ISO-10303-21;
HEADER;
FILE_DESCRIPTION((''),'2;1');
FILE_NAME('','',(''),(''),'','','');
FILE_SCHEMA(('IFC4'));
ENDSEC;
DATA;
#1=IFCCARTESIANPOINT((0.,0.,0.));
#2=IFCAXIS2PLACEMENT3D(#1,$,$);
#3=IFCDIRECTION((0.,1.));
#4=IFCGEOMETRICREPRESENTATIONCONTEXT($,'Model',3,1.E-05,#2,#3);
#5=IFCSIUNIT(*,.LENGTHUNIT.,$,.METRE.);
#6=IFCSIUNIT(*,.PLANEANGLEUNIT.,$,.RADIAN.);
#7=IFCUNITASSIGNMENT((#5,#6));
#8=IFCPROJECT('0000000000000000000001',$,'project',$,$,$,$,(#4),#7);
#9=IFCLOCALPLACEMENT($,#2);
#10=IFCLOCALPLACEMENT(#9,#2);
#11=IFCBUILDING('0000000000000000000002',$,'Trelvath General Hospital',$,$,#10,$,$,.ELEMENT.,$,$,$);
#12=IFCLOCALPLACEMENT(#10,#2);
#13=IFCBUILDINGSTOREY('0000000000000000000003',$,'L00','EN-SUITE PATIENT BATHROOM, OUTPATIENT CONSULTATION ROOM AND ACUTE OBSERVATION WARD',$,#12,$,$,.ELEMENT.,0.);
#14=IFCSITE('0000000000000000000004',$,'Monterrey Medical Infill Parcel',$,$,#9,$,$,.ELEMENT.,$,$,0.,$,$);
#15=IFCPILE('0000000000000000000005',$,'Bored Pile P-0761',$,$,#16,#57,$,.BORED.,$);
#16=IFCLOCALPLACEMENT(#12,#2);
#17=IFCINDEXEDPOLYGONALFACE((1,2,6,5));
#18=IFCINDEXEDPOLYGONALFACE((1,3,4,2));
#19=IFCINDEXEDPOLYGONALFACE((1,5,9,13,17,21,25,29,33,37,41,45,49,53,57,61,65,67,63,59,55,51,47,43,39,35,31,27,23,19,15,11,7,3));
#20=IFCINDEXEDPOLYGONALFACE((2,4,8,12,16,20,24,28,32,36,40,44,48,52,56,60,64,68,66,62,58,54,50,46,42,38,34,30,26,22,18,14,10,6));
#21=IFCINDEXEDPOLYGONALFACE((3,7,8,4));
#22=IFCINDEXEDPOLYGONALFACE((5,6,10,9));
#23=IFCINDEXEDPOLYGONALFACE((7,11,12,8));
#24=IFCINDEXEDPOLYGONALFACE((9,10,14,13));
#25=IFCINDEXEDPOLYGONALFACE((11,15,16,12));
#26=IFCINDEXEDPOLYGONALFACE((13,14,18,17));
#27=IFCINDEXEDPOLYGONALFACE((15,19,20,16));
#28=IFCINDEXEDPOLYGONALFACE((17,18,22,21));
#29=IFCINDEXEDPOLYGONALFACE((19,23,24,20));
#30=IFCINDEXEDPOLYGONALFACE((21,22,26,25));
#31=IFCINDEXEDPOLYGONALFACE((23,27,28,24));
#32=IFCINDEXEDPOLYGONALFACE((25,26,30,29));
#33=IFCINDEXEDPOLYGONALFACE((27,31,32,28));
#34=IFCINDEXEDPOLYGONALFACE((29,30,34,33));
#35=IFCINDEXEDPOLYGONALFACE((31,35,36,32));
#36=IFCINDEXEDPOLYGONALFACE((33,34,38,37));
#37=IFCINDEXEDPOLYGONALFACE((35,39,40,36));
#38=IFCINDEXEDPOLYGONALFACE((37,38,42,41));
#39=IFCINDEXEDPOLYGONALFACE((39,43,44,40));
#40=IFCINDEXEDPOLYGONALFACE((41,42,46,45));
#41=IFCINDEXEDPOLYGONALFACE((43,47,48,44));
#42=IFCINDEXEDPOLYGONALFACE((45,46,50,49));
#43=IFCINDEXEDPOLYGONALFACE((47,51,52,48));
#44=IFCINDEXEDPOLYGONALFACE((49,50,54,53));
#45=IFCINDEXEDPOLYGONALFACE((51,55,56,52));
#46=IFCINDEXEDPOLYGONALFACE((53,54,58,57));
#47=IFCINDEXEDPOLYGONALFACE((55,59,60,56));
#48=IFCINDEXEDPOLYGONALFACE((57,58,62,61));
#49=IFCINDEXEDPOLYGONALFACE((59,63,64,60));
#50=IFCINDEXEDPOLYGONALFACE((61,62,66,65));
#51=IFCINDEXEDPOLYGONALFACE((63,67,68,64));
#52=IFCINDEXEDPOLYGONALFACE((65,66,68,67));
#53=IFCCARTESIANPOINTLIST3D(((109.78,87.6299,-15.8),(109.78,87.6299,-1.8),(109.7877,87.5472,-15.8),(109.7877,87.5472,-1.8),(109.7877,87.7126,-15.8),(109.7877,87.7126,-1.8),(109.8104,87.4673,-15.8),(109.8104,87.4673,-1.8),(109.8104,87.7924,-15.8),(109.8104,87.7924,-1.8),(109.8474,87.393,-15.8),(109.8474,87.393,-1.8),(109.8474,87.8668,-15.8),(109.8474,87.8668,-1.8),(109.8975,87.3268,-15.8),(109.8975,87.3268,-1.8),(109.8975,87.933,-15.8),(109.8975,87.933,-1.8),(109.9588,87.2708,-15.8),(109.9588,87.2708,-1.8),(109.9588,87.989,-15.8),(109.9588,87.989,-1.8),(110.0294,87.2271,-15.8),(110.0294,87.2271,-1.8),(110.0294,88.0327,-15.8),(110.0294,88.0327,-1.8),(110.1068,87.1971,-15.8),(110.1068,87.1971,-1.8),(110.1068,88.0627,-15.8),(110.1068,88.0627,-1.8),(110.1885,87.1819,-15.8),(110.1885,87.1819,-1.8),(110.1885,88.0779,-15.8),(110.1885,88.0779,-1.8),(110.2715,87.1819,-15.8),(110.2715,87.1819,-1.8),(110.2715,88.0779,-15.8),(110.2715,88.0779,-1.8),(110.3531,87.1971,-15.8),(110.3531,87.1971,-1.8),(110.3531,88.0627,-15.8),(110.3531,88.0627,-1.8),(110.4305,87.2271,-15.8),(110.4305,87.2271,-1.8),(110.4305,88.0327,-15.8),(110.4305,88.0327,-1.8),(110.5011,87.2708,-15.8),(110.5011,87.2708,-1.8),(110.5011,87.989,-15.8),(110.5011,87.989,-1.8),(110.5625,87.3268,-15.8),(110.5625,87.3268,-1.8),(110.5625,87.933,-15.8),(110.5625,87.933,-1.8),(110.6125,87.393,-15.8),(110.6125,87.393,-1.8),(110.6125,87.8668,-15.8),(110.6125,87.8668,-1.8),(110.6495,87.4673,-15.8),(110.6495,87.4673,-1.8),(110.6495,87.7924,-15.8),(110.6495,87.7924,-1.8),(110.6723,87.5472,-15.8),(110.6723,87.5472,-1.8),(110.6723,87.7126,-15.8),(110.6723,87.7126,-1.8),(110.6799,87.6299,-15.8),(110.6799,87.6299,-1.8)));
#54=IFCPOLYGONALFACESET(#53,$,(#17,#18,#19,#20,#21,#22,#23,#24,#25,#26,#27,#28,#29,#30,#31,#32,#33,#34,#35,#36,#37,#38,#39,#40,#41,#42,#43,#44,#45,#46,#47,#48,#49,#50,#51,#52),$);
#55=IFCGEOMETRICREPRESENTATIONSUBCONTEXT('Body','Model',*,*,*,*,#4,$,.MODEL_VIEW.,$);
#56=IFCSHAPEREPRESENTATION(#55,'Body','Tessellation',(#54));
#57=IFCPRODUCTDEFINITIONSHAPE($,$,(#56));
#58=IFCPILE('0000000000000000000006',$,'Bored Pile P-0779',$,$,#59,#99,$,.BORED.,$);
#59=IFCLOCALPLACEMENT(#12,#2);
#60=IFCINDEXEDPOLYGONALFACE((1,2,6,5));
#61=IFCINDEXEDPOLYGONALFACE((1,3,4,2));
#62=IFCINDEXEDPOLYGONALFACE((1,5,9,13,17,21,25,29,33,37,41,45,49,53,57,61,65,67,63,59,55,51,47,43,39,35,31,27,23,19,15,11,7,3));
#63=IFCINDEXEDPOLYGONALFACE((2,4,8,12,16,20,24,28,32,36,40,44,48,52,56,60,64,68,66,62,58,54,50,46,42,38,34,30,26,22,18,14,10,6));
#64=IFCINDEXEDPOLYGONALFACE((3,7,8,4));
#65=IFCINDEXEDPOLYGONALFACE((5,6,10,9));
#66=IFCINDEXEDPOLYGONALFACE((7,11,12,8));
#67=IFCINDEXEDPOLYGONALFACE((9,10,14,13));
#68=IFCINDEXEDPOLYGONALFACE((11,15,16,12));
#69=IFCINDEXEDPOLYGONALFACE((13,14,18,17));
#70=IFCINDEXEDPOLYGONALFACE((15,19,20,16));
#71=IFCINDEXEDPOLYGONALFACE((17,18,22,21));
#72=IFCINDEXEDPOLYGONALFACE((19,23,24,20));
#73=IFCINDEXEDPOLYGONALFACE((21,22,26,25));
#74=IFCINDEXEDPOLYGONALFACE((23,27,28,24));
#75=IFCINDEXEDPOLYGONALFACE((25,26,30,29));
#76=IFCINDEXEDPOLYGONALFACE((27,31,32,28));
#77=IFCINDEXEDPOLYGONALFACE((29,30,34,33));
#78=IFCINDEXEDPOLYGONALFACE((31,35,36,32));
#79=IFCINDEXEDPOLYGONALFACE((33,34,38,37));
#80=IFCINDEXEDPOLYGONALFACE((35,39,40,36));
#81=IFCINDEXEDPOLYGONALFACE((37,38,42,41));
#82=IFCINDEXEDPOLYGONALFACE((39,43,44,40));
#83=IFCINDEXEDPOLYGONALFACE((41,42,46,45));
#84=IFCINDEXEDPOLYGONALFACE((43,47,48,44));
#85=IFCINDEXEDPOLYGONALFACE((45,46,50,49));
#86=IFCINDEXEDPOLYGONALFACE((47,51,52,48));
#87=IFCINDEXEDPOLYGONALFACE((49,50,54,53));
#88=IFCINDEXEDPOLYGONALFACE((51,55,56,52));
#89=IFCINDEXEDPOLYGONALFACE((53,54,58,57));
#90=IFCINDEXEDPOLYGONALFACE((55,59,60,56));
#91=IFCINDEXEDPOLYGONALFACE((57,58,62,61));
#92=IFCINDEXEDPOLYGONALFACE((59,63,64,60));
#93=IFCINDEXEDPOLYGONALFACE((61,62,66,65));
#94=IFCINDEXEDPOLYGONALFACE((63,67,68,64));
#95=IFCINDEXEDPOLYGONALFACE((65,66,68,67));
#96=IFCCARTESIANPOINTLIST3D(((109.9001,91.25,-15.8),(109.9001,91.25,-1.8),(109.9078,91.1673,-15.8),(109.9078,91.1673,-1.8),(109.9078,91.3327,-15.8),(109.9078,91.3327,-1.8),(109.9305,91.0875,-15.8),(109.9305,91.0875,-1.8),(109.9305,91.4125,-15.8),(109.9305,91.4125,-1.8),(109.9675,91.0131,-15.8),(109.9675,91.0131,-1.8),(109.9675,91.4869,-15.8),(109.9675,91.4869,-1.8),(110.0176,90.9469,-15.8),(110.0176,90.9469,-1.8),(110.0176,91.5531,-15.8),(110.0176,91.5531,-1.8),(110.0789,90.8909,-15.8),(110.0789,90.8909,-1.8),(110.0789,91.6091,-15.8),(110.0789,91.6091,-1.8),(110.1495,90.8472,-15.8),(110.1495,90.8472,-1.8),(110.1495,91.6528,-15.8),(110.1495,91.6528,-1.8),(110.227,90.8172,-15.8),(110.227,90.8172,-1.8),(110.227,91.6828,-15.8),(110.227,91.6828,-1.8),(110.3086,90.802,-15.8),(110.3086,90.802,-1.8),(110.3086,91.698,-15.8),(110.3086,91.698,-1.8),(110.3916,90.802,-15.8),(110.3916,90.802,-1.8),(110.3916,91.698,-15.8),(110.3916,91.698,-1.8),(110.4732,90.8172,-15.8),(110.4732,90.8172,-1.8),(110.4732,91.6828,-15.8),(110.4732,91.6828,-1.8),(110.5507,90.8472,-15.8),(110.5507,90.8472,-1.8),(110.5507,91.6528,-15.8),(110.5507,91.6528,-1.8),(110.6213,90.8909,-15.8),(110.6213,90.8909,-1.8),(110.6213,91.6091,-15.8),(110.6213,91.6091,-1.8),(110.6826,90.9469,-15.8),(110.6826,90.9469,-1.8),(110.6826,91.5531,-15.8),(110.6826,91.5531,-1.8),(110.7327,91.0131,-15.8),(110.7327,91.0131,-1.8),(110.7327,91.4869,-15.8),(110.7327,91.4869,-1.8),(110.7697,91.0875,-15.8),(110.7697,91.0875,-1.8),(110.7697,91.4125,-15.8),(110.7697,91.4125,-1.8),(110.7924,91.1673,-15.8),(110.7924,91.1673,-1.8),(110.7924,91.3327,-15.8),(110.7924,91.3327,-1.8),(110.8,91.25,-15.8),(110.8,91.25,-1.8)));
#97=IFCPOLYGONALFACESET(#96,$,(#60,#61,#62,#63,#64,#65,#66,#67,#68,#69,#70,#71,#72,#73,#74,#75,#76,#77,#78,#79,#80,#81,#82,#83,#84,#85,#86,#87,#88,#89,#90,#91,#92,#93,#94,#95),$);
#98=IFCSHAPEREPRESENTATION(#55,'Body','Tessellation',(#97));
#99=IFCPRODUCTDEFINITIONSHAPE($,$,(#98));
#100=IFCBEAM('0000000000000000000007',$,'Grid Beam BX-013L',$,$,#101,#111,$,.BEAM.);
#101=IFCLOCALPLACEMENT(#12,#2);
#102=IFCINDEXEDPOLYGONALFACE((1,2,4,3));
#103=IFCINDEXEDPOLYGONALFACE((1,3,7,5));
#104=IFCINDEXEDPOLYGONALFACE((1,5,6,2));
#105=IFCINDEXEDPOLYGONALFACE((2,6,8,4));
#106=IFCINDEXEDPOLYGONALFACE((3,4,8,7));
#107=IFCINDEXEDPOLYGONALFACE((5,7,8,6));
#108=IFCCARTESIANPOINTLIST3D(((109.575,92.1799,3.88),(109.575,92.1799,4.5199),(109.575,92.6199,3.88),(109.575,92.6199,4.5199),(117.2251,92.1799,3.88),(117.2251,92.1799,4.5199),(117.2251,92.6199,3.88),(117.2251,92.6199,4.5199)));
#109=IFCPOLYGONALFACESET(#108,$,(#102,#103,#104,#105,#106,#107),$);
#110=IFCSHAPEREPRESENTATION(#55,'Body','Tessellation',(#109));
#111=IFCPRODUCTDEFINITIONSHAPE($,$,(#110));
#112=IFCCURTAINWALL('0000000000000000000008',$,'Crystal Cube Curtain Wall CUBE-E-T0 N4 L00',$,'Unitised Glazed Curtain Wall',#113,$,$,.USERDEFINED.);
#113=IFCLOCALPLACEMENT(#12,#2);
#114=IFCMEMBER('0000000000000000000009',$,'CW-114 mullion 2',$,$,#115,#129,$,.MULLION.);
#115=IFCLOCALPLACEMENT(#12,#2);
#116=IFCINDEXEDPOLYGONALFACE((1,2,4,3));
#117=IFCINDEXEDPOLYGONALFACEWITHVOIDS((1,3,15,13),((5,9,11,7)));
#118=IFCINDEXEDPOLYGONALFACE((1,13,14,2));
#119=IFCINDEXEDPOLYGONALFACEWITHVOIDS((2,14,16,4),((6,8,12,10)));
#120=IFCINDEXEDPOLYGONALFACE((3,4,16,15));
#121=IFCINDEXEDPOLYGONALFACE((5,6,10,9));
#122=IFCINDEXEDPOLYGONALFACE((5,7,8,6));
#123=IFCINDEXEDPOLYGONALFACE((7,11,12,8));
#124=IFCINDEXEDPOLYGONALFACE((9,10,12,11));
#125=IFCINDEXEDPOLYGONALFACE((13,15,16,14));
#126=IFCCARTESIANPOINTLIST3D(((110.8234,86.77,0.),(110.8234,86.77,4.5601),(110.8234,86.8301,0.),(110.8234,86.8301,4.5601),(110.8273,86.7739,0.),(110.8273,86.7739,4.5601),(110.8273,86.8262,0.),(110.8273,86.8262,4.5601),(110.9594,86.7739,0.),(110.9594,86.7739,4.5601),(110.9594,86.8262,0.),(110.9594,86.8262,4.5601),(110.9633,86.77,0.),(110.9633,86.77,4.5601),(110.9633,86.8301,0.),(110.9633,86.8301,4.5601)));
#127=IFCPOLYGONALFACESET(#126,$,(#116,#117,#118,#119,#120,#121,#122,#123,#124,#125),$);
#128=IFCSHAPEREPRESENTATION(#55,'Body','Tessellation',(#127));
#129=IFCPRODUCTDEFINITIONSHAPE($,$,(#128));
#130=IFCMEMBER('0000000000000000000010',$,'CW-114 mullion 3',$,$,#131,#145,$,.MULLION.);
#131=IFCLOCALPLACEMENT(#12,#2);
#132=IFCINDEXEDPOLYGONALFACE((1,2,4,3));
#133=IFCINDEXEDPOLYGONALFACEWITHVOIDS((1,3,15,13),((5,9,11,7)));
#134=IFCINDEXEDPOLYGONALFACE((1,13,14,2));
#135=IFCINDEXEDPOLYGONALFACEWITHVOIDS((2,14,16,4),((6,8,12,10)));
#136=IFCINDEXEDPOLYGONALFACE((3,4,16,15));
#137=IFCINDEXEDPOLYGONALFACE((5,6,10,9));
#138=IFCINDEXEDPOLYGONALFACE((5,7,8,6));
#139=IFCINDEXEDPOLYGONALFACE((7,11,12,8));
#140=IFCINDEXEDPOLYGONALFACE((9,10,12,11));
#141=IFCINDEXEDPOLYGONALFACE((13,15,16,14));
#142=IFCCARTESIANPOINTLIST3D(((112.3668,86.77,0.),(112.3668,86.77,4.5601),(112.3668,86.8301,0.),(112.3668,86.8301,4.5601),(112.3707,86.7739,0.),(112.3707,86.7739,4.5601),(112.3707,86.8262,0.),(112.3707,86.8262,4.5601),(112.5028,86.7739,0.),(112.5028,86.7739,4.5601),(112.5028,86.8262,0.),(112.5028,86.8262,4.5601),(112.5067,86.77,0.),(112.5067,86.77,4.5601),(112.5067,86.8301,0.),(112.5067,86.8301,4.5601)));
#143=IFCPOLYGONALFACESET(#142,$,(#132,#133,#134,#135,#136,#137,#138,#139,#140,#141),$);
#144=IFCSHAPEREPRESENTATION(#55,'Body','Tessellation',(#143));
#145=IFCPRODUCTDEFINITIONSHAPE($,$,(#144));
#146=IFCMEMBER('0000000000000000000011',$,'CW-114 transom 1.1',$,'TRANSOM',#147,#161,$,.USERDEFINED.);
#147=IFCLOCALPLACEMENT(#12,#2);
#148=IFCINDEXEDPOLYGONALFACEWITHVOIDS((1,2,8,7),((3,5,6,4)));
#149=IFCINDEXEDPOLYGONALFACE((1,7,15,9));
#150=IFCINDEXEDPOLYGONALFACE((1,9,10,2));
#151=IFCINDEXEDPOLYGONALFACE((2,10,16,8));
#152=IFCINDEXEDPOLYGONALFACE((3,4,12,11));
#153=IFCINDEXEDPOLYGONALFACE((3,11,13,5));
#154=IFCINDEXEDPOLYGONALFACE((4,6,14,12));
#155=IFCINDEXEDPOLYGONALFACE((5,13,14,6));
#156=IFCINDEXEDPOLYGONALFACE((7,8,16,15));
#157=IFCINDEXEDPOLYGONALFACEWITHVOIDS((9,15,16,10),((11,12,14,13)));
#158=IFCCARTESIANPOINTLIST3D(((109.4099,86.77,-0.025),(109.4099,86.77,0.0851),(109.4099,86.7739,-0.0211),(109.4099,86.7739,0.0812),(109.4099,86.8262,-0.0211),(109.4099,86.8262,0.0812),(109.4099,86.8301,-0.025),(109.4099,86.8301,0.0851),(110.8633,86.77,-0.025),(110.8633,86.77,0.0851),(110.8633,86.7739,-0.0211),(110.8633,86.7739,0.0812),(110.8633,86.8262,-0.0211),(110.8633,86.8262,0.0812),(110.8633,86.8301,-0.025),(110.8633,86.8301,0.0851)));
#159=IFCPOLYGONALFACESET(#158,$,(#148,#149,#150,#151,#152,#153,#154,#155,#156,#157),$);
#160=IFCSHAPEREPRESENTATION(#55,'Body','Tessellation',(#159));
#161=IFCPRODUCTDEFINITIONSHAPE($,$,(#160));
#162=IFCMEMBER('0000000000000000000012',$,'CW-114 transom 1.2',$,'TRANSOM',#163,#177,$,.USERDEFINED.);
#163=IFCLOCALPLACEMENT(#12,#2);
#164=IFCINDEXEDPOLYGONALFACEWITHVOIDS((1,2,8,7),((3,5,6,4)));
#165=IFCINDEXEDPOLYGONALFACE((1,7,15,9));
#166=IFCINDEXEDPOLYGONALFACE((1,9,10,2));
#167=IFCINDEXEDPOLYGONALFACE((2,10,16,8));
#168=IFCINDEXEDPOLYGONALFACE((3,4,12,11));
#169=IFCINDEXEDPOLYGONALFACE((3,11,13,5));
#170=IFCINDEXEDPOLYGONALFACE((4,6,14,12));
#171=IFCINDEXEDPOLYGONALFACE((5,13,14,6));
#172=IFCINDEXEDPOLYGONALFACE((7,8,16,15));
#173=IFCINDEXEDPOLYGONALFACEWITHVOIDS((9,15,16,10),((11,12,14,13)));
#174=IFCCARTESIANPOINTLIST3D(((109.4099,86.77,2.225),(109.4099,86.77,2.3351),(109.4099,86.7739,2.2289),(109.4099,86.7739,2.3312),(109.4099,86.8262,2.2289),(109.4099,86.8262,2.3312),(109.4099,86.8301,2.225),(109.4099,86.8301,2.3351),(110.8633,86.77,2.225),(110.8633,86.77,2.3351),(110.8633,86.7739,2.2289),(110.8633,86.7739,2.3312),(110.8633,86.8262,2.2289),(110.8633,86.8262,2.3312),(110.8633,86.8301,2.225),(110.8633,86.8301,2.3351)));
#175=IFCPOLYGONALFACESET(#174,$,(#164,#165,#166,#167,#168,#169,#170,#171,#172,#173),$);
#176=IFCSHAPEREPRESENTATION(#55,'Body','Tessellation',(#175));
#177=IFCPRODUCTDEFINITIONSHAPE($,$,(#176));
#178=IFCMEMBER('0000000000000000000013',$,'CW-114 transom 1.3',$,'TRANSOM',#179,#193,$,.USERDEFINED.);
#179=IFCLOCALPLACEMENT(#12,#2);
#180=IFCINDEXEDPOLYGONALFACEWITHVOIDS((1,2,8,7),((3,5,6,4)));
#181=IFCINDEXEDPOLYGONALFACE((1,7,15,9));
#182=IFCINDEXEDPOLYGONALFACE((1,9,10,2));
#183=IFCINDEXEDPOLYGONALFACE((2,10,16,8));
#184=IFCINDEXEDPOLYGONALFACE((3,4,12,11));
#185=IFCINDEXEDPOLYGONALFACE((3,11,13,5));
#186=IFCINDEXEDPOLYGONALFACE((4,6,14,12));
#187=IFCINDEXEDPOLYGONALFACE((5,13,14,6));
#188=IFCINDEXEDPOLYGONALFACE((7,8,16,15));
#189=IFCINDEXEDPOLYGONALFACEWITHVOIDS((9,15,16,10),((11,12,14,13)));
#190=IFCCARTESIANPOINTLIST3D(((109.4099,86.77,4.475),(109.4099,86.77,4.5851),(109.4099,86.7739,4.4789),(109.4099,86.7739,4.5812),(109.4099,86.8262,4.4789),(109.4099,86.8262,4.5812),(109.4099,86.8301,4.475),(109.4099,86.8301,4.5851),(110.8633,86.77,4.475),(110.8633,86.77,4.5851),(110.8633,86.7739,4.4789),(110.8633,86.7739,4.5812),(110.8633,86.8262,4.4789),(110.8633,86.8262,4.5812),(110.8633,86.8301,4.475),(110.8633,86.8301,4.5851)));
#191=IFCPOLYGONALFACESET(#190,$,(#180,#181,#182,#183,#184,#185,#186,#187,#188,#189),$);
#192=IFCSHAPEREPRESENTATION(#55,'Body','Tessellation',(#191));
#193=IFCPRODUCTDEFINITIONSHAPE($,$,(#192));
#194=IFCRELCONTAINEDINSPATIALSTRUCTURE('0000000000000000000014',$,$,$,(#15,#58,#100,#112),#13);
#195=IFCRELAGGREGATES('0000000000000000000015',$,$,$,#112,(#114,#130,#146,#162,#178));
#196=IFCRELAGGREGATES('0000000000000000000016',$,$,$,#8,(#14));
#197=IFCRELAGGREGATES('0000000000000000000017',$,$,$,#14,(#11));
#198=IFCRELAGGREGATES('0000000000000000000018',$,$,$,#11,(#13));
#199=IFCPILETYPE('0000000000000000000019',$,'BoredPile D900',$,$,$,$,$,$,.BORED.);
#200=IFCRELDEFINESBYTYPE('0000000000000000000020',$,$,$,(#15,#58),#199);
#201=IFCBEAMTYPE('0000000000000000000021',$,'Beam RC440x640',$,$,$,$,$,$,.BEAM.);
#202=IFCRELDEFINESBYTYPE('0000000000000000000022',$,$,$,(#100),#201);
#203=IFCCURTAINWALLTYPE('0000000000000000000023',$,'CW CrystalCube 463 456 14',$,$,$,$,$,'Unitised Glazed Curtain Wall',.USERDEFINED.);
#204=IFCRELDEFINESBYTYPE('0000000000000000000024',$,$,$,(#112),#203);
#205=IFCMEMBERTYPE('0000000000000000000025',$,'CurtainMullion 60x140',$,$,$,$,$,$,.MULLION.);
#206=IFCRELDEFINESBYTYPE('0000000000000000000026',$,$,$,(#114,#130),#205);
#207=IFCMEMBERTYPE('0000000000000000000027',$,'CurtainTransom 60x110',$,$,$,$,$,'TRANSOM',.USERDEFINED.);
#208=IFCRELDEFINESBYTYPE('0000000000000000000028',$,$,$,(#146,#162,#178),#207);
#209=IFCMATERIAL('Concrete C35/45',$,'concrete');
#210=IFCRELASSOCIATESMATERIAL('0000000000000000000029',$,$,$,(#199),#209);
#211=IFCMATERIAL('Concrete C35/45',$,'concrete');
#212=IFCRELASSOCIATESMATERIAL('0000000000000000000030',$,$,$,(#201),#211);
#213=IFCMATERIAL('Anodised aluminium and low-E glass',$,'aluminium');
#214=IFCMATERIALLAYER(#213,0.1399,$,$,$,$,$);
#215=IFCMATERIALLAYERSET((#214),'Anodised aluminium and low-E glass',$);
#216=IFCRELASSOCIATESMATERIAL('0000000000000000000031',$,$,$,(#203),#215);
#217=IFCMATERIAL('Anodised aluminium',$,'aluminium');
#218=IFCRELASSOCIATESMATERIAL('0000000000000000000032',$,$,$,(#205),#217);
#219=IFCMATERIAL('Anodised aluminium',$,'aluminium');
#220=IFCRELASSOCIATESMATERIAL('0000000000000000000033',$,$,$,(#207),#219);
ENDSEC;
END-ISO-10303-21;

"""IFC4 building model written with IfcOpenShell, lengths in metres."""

from ifc_helpers import new_model, si_unit, direction, frame, origin, origin_2d, place, context, subcontext, project, spatial, rectangle, hollow_rectangle, circle, extrude, material, layer, layer_set, material_profile, profile_set, type_object, element, aggregate, save


model = new_model("IFC4")

# Units and contexts
model_context = context("Model", 3, precision=1e-05, world=origin(), true_north=direction((0.0, 1.0)))
body_context = subcontext(model_context, "Body", "Model", "MODEL_VIEW")
ifc_project = project(units=[si_unit("LENGTHUNIT", "METRE"), si_unit("PLANEANGLEUNIT", "RADIAN")], contexts=[model_context])

# Site, building, storey
site_placement = place(None, origin())
site = spatial("IfcSite", under=ifc_project, at=site_placement, Name="Monterrey Medical Infill Parcel", CompositionType="ELEMENT", RefElevation=0.0)
building_placement = place(site_placement, origin())
building = spatial("IfcBuilding", under=site, at=building_placement, Name="Trelvath General Hospital", CompositionType="ELEMENT")
storey_placement = place(building_placement, origin())
storey = spatial("IfcBuildingStorey", under=building, at=storey_placement, Name="L00", Description="EN-SUITE PATIENT BATHROOM, OUTPATIENT CONSULTATION ROOM AND ACUTE OBSERVATION WARD", CompositionType="ELEMENT", Elevation=0.0)

# Piles
ifc_material_1 = material(Name="Concrete C35/45", Category="concrete")
ifc_material_profile_1 = material_profile(ifc_material_1, circle(Radius=0.45, at=origin_2d()), Name="PILE900")
ifc_profile_set_1 = profile_set([ifc_material_profile_1], Name="Concrete C35/45")
pile_type = type_object("IfcPileType", Name="BoredPile D900", PredefinedType="BORED", material=ifc_profile_set_1)
for number, where, z_axis, x_axis, name in (
    (1, (110.23, 87.6299, -1.8), (0.0, 0.0, -1.0), (1.0, 0.0, 0.0), "Bored Pile P-0761"),
    (2, (110.3501, 91.25, -1.8), (0.0, 0.0, -1.0), (1.0, 0.0, 0.0), "Bored Pile P-0779"),
):
    element("IfcPile", number, at=place(storey_placement, frame(where, z_axis=z_axis, x_axis=x_axis)), inside=storey, type_object=pile_type, Name=name, PredefinedType="BORED", context=body_context, shape_type="SweptSolid", body=[
        extrude(circle(Radius=0.45, at=origin_2d()), origin(), (0.0, 0.0, 1.0), 14.0),
    ])

# Beam
ifc_material_2 = material(Name="Concrete C35/45", Category="concrete")
ifc_material_profile_2 = material_profile(ifc_material_2, rectangle(XDim=0.4399, YDim=0.6399, at=origin_2d()), Name="RCB440x640")
ifc_profile_set_2 = profile_set([ifc_material_profile_2], Name="Concrete C35/45")
beam_type = type_object("IfcBeamType", Name="Beam RC440x640", PredefinedType="BEAM", material=ifc_profile_set_2)
beam_placement = place(storey_placement, frame((109.575, 92.3999, 4.2), z_axis=(1.0, 0.0, 0.0), x_axis=(0.0, 1.0, 0.0)))
element("IfcBeam", 3, at=beam_placement, inside=storey, type_object=beam_type, Name="Grid Beam BX-013L", PredefinedType="BEAM", context=body_context, shape_type="SweptSolid", body=[
    extrude(rectangle(XDim=0.4399, YDim=0.6399, at=origin_2d()), origin(), (0.0, 0.0, 1.0), 7.6501),
])

# Curtain wall, members
ifc_material_3 = material(Name="Anodised aluminium and low-E glass", Category="aluminium")
ifc_layer_1 = layer(ifc_material_3, 0.1399)
ifc_layer_set_1 = layer_set([ifc_layer_1], Name="Anodised aluminium and low-E glass")
curtain_wall_type = type_object("IfcCurtainWallType", Name="CW CrystalCube 463 456 14", ElementType="Unitised Glazed Curtain Wall", PredefinedType="USERDEFINED", material=ifc_layer_set_1)
curtain_wall_placement = place(storey_placement, origin())
curtain_wall = element("IfcCurtainWall", 4, at=curtain_wall_placement, inside=storey, type_object=curtain_wall_type, Name="Crystal Cube Curtain Wall CUBE-E-T0 N4 L00", ObjectType="Unitised Glazed Curtain Wall", PredefinedType="USERDEFINED")
ifc_material_4 = material(Name="Anodised aluminium", Category="aluminium")
ifc_material_profile_3 = material_profile(ifc_material_4, hollow_rectangle(XDim=0.0601, YDim=0.1399, WallThickness=0.0039, at=origin_2d()), Name="RHS60x140x4")
ifc_profile_set_3 = profile_set([ifc_material_profile_3], Name="Anodised aluminium")
member_type_1 = type_object("IfcMemberType", Name="CurtainMullion 60x140", PredefinedType="MULLION", material=ifc_profile_set_3)
member_1_placement = place(storey_placement, frame((110.8933, 86.8, 0.0), z_axis=(0.0, 0.0, 1.0), x_axis=(0.0, 1.0, 0.0)))
member_1 = element("IfcMember", 5, at=member_1_placement, type_object=member_type_1, Name="CW-114 mullion 2", PredefinedType="MULLION", context=body_context, shape_type="SweptSolid", body=[
    extrude(hollow_rectangle(XDim=0.0601, YDim=0.1399, WallThickness=0.0039, at=origin_2d()), origin(), (0.0, 0.0, 1.0), 4.5601),
])
member_2_placement = place(storey_placement, frame((112.4368, 86.8, 0.0), z_axis=(0.0, 0.0, 1.0), x_axis=(0.0, 1.0, 0.0)))
member_2 = element("IfcMember", 6, at=member_2_placement, type_object=member_type_1, Name="CW-114 mullion 3", PredefinedType="MULLION", context=body_context, shape_type="SweptSolid", body=[
    extrude(hollow_rectangle(XDim=0.0601, YDim=0.1399, WallThickness=0.0039, at=origin_2d()), origin(), (0.0, 0.0, 1.0), 4.5601),
])
ifc_material_5 = material(Name="Anodised aluminium", Category="aluminium")
ifc_material_profile_4 = material_profile(ifc_material_5, hollow_rectangle(XDim=0.0601, YDim=0.1101, WallThickness=0.0039, at=origin_2d()), Name="RHS60x110x4")
ifc_profile_set_4 = profile_set([ifc_material_profile_4], Name="Anodised aluminium")
member_type_2 = type_object("IfcMemberType", Name="CurtainTransom 60x110", ElementType="TRANSOM", PredefinedType="USERDEFINED", material=ifc_profile_set_4)
member_3_placement = place(storey_placement, frame((109.4099, 86.8, 0.03), z_axis=(1.0, 0.0, 0.0), x_axis=(0.0, 1.0, 0.0)))
member_3 = element("IfcMember", 7, at=member_3_placement, type_object=member_type_2, Name="CW-114 transom 1.1", ObjectType="TRANSOM", PredefinedType="USERDEFINED", context=body_context, shape_type="SweptSolid", body=[
    extrude(hollow_rectangle(XDim=0.0601, YDim=0.1101, WallThickness=0.0039, at=origin_2d()), origin(), (0.0, 0.0, 1.0), 1.4534),
])
member_4_placement = place(storey_placement, frame((109.4099, 86.8, 2.28), z_axis=(1.0, 0.0, 0.0), x_axis=(0.0, 1.0, 0.0)))
member_4 = element("IfcMember", 8, at=member_4_placement, type_object=member_type_2, Name="CW-114 transom 1.2", ObjectType="TRANSOM", PredefinedType="USERDEFINED", context=body_context, shape_type="SweptSolid", body=[
    extrude(hollow_rectangle(XDim=0.0601, YDim=0.1101, WallThickness=0.0039, at=origin_2d()), origin(), (0.0, 0.0, 1.0), 1.4534),
])
member_5_placement = place(storey_placement, frame((109.4099, 86.8, 4.53), z_axis=(1.0, 0.0, 0.0), x_axis=(0.0, 1.0, 0.0)))
member_5 = element("IfcMember", 9, at=member_5_placement, type_object=member_type_2, Name="CW-114 transom 1.3", ObjectType="TRANSOM", PredefinedType="USERDEFINED", context=body_context, shape_type="SweptSolid", body=[
    extrude(hollow_rectangle(XDim=0.0601, YDim=0.1101, WallThickness=0.0039, at=origin_2d()), origin(), (0.0, 0.0, 1.0), 1.4534),
])
aggregate(curtain_wall, [member_1, member_2, member_3, member_4, member_5])

save(model, "model.ifc")
